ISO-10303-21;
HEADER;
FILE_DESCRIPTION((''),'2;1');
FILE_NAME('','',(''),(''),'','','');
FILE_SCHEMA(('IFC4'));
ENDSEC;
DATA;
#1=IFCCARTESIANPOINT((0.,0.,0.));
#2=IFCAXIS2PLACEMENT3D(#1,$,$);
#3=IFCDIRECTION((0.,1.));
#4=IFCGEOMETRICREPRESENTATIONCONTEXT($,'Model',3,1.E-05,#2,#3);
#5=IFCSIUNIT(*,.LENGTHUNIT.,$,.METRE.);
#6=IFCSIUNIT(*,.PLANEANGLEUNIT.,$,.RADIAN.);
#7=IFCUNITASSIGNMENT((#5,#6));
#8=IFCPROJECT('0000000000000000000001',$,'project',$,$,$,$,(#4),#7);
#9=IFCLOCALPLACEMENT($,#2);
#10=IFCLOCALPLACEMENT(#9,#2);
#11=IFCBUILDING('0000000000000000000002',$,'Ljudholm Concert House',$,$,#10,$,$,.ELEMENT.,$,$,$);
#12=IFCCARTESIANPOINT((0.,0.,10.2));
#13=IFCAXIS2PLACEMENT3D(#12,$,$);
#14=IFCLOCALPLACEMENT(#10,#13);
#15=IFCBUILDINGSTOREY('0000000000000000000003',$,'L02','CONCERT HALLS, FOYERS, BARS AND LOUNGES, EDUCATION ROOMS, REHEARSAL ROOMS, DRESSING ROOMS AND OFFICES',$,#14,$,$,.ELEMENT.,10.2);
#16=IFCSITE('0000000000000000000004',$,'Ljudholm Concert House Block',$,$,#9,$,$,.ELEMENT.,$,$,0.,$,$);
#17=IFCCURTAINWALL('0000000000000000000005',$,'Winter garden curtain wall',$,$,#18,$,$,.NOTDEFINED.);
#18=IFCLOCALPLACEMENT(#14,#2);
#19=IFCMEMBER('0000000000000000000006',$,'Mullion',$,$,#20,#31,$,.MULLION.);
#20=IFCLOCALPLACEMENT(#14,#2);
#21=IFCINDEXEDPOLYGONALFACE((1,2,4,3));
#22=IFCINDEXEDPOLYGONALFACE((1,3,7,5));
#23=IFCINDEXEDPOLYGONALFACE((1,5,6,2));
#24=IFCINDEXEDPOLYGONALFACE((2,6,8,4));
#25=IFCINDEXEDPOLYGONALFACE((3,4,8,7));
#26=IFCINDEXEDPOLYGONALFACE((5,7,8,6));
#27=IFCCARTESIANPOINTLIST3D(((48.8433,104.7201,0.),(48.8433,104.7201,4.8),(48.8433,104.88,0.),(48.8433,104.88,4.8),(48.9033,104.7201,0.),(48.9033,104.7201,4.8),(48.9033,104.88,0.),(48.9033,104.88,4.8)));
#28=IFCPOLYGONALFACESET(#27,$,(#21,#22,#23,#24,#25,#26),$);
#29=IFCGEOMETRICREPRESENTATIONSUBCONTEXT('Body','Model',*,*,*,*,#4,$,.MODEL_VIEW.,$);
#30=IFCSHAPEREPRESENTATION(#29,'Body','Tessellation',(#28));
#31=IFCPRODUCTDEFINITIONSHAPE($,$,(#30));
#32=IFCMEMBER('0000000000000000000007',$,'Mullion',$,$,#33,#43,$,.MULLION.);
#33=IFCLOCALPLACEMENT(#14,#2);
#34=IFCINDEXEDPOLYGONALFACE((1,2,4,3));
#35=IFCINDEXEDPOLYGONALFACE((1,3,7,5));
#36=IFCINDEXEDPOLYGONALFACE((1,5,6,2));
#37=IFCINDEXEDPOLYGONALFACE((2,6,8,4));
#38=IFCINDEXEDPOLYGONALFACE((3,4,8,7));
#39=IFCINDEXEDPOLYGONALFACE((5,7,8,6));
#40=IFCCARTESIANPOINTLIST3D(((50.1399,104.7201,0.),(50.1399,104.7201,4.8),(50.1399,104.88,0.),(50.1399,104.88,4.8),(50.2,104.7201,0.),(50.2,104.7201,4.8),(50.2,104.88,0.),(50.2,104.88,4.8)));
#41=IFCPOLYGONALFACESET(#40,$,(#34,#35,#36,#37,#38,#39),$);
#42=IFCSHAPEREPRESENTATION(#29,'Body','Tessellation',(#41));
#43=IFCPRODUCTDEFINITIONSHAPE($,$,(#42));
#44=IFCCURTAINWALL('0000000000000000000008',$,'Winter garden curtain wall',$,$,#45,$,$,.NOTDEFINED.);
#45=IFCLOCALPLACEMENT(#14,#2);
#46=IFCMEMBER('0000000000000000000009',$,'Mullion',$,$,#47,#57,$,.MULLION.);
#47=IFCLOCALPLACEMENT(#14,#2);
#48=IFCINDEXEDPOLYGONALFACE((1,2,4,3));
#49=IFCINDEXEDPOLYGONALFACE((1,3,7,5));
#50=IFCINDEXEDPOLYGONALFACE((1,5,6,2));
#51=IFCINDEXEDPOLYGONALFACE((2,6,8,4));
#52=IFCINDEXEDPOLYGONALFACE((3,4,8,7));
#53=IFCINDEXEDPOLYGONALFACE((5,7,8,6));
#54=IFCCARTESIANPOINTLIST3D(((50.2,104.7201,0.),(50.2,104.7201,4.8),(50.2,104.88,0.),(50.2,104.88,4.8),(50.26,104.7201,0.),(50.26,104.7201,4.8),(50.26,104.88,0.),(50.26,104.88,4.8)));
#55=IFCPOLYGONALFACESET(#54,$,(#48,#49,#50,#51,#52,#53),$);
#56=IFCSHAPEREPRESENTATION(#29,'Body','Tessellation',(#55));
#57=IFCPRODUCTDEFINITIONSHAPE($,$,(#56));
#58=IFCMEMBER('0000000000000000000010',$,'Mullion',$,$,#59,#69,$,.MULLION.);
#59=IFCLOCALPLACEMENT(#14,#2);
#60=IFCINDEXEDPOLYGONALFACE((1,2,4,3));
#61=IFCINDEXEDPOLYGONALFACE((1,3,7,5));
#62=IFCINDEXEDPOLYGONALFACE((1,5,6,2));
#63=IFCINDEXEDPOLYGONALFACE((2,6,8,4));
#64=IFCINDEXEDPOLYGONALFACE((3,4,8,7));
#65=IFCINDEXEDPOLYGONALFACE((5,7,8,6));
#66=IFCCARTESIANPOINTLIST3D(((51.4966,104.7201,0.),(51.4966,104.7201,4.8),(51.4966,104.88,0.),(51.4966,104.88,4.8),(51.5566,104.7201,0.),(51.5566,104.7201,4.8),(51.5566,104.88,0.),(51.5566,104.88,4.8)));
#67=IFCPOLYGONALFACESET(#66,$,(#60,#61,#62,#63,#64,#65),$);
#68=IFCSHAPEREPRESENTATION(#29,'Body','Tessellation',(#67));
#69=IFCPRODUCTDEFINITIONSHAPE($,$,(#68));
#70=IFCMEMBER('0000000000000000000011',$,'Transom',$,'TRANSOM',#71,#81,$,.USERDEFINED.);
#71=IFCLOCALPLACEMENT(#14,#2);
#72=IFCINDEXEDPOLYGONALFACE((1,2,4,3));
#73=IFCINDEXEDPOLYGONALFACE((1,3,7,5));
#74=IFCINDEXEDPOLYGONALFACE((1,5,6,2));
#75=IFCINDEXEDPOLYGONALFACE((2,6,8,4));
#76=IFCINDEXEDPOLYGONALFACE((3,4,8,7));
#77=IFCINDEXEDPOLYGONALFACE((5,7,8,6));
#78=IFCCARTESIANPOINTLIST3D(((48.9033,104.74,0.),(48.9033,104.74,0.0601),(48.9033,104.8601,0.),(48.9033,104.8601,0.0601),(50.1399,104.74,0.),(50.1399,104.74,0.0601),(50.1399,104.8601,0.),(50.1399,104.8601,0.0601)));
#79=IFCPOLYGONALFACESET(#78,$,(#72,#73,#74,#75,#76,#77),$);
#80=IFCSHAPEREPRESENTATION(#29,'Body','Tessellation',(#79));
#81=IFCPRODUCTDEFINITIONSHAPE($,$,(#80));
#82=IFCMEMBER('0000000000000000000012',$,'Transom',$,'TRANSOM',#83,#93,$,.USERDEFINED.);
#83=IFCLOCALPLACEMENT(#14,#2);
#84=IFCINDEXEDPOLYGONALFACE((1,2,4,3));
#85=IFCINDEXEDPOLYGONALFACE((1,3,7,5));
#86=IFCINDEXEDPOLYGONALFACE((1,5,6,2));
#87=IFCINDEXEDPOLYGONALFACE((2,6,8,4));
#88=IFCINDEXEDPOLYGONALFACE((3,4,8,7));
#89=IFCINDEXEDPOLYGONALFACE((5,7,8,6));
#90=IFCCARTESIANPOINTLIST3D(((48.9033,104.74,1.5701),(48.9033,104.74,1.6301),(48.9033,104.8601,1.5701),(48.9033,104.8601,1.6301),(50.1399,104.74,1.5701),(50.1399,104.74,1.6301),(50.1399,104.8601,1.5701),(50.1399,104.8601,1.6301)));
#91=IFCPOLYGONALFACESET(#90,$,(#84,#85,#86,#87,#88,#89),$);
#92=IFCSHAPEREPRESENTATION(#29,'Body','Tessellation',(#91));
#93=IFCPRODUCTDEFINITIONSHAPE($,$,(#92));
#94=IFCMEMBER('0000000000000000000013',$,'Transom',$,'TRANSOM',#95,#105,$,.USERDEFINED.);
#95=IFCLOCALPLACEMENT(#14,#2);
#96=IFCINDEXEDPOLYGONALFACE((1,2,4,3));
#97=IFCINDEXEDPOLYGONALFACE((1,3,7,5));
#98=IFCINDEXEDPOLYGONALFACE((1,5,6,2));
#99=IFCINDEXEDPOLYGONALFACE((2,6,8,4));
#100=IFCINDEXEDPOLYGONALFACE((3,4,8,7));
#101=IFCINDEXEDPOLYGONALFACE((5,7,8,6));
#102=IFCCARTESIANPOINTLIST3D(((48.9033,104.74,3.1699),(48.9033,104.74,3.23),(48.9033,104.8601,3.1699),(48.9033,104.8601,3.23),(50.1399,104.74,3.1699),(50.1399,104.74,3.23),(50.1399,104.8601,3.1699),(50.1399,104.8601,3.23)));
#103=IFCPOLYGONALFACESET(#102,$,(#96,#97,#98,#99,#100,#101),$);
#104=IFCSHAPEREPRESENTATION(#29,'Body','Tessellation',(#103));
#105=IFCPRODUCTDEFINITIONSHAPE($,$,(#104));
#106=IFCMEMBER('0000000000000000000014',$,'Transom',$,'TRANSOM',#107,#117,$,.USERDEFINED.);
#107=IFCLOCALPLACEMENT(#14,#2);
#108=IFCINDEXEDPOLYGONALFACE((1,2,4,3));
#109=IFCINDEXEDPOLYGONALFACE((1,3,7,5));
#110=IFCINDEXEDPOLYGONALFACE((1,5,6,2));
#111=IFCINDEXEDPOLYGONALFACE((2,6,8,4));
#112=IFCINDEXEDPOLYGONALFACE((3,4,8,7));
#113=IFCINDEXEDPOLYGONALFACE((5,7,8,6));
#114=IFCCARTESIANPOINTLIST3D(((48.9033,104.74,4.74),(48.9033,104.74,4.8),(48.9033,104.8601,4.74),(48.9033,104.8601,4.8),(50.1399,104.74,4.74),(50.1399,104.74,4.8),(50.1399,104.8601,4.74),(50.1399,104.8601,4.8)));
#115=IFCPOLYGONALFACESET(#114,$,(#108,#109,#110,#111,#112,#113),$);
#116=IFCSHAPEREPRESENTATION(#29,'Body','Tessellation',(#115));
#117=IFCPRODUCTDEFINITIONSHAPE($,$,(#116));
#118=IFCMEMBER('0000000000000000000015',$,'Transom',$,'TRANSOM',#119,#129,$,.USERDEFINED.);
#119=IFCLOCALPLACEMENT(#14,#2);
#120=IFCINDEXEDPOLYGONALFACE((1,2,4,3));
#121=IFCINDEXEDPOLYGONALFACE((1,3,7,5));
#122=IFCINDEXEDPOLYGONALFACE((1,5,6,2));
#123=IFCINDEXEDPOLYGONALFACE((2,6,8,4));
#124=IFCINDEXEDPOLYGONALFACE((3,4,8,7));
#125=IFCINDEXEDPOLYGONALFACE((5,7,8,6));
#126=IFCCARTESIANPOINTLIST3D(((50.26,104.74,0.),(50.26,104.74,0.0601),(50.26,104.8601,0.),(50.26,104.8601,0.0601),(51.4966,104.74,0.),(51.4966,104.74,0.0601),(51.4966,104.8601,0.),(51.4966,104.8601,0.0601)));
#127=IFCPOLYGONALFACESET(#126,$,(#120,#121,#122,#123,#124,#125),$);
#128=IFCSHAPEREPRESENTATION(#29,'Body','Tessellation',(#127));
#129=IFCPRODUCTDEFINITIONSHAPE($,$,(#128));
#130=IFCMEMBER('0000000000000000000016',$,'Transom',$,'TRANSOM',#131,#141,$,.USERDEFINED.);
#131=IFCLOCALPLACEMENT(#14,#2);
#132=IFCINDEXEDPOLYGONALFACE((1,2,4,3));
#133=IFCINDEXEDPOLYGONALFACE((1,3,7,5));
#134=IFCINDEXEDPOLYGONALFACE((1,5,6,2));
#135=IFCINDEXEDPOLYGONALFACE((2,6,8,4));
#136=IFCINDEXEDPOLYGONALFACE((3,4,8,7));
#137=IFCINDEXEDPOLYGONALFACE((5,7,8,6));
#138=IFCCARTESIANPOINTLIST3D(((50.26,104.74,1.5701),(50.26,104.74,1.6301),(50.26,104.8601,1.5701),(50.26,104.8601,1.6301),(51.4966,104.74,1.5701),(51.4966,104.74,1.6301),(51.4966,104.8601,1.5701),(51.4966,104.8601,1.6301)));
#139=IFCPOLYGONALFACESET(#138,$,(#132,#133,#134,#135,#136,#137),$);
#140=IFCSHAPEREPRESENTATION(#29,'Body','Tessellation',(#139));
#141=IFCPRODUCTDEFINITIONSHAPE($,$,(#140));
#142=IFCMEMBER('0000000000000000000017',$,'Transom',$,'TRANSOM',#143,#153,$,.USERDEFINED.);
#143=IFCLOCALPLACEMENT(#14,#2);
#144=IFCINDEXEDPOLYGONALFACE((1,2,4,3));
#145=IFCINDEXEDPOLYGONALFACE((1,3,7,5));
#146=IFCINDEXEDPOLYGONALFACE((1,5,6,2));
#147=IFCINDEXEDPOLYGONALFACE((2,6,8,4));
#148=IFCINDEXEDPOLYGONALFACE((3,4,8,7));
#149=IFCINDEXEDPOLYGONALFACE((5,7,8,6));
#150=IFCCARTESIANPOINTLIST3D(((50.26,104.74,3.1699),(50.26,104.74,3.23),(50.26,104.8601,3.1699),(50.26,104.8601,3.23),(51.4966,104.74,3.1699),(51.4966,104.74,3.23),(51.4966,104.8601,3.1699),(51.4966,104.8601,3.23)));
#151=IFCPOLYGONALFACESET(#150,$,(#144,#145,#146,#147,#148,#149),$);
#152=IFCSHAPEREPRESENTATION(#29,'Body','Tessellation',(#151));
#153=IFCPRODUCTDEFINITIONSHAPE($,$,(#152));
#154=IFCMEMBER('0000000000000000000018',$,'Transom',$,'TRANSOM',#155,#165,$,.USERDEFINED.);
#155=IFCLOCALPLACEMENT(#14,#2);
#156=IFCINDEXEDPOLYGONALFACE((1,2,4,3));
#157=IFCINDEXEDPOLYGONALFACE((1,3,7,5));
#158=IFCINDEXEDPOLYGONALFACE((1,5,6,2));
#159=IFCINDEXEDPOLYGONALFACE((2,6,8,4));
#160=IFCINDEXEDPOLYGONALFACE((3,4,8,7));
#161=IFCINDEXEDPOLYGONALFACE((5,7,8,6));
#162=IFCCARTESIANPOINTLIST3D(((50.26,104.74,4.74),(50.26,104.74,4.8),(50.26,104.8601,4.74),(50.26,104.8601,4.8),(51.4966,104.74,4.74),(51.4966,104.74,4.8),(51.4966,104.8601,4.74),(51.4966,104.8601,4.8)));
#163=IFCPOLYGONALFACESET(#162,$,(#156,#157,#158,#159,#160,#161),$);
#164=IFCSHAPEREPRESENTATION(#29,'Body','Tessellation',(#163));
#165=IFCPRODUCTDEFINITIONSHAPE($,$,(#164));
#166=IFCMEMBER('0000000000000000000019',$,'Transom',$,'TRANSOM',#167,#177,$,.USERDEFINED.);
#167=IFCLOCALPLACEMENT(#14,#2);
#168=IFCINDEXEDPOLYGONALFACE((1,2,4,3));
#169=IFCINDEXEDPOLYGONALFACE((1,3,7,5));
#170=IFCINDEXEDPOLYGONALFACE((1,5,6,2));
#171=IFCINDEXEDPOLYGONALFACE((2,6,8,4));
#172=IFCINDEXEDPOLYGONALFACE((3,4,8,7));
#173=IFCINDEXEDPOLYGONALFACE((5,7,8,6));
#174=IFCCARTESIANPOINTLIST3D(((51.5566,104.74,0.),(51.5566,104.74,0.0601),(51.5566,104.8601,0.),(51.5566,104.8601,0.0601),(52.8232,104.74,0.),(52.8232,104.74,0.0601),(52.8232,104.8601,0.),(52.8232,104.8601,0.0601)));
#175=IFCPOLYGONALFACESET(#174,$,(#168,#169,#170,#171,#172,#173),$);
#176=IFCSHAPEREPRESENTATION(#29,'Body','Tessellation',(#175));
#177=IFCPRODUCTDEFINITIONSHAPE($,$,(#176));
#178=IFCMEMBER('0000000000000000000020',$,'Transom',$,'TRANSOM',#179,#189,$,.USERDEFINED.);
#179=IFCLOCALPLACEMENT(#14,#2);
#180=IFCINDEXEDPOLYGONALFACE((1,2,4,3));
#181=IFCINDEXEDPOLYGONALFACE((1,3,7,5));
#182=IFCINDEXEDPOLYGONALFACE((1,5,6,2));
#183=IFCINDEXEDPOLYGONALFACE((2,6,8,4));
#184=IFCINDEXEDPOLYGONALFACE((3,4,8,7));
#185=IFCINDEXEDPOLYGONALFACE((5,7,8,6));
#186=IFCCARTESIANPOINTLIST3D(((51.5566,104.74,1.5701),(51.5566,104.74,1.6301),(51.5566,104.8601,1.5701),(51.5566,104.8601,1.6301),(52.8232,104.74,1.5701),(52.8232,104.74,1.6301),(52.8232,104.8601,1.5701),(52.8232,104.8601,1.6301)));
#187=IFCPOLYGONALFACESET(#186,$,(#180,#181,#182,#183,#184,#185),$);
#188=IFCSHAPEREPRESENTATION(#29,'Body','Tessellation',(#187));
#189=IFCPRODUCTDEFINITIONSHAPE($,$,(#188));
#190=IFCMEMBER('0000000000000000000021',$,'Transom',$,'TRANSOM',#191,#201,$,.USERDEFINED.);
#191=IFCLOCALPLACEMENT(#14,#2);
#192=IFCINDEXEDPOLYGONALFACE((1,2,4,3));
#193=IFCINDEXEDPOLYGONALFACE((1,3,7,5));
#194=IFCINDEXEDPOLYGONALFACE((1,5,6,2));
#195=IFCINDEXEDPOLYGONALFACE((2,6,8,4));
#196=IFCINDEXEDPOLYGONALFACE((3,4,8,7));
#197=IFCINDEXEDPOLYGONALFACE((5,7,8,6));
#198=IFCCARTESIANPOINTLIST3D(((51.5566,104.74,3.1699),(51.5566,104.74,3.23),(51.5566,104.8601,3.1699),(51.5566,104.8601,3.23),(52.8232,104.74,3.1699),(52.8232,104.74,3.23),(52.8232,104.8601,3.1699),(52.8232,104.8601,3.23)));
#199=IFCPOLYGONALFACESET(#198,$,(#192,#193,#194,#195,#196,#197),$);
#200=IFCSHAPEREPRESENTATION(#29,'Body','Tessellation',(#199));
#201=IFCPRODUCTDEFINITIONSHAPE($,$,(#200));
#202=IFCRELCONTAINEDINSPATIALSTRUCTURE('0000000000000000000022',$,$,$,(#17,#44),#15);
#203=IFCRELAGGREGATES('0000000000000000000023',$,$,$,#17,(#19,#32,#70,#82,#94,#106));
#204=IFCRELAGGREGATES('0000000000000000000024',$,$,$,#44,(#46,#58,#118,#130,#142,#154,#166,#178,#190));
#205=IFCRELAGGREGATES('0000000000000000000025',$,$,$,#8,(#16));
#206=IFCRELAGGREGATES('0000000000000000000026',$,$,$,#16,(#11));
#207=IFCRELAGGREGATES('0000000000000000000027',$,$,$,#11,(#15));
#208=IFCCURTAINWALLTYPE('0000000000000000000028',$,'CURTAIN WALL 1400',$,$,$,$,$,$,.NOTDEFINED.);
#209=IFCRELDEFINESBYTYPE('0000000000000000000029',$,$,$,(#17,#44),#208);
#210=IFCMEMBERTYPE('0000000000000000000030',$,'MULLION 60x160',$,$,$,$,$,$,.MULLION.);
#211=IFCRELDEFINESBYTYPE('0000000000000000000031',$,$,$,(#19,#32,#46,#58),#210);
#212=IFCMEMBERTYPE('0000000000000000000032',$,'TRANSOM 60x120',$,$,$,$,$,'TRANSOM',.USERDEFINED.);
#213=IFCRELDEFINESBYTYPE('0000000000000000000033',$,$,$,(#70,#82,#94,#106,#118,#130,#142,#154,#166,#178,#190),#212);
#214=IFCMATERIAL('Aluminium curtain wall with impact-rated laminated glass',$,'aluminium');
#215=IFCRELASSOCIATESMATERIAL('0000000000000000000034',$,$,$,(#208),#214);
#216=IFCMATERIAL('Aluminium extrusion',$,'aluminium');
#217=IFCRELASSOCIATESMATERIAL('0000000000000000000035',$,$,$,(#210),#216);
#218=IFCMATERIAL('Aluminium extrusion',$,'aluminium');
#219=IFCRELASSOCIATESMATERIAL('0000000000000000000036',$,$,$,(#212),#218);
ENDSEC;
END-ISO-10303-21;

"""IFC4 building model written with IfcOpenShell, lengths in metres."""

from ifc_helpers import new_model, si_unit, direction, frame, origin, origin_2d, place, context, subcontext, project, spatial, rectangle, extrude, material, material_profile, profile_set, type_object, element, aggregate, save


model = new_model("IFC4")

# Units and contexts
model_context = context("Model", 3, precision=1e-05, world=origin(), true_north=direction((0.0, 1.0)))
body_context = subcontext(model_context, "Body", "Model", "MODEL_VIEW")
ifc_project = project(units=[si_unit("LENGTHUNIT", "METRE"), si_unit("PLANEANGLEUNIT", "RADIAN")], contexts=[model_context])

# Site, building, storey
site_placement = place(None, origin())
site = spatial("IfcSite", under=ifc_project, at=site_placement, Name="Ljudholm Concert House Block", CompositionType="ELEMENT", RefElevation=0.0)
building_placement = place(site_placement, origin())
building = spatial("IfcBuilding", under=site, at=building_placement, Name="Ljudholm Concert House", CompositionType="ELEMENT")
storey_placement = place(building_placement, frame((0.0, 0.0, 10.2)))
storey = spatial("IfcBuildingStorey", under=building, at=storey_placement, Name="L02", Description="CONCERT HALLS, FOYERS, BARS AND LOUNGES, EDUCATION ROOMS, REHEARSAL ROOMS, DRESSING ROOMS AND OFFICES", CompositionType="ELEMENT", Elevation=10.2)

# Curtain walls, members
ifc_material_1 = material(Name="Aluminium curtain wall with impact-rated laminated glass", Category="aluminium")
curtain_wall_type = type_object("IfcCurtainWallType", Name="CURTAIN WALL 1400", PredefinedType="NOTDEFINED", material=ifc_material_1)
curtain_wall_1_placement = place(storey_placement, origin())
curtain_wall_1 = element("IfcCurtainWall", 1, at=curtain_wall_1_placement, inside=storey, type_object=curtain_wall_type, Name="Winter garden curtain wall", PredefinedType="NOTDEFINED")
ifc_material_2 = material(Name="Aluminium extrusion", Category="aluminium")
ifc_material_profile_1 = material_profile(ifc_material_2, rectangle(XDim=0.1599, YDim=0.0601, at=origin_2d()), Name="MULLION 60x160")
ifc_profile_set_1 = profile_set([ifc_material_profile_1], Name="Aluminium extrusion")
member_type_1 = type_object("IfcMemberType", Name="MULLION 60x160", PredefinedType="MULLION", material=ifc_profile_set_1)
member_1_placement = place(storey_placement, frame((48.8733, 104.8, 0.0), z_axis=(0.0, 0.0, 1.0), x_axis=(0.0, 1.0, 0.0)))
member_1 = element("IfcMember", 2, at=member_1_placement, type_object=member_type_1, Name="Mullion", PredefinedType="MULLION", context=body_context, shape_type="SweptSolid", body=[
    extrude(rectangle(XDim=0.1599, YDim=0.0601, at=origin_2d()), origin(), (0.0, 0.0, 1.0), 4.8),
])
member_2_placement = place(storey_placement, frame((50.1699, 104.8, 0.0), z_axis=(0.0, 0.0, 1.0), x_axis=(0.0, 1.0, 0.0)))
member_2 = element("IfcMember", 3, at=member_2_placement, type_object=member_type_1, Name="Mullion", PredefinedType="MULLION", context=body_context, shape_type="SweptSolid", body=[
    extrude(rectangle(XDim=0.1599, YDim=0.0601, at=origin_2d()), origin(), (0.0, 0.0, 1.0), 4.8),
])
curtain_wall_2_placement = place(storey_placement, origin())
curtain_wall_2 = element("IfcCurtainWall", 4, at=curtain_wall_2_placement, inside=storey, type_object=curtain_wall_type, Name="Winter garden curtain wall", PredefinedType="NOTDEFINED")
member_3_placement = place(storey_placement, frame((50.23, 104.8, 0.0), z_axis=(0.0, 0.0, 1.0), x_axis=(0.0, 1.0, 0.0)))
member_3 = element("IfcMember", 5, at=member_3_placement, type_object=member_type_1, Name="Mullion", PredefinedType="MULLION", context=body_context, shape_type="SweptSolid", body=[
    extrude(rectangle(XDim=0.1599, YDim=0.0601, at=origin_2d()), origin(), (0.0, 0.0, 1.0), 4.8),
])
member_4_placement = place(storey_placement, frame((51.5266, 104.8, 0.0), z_axis=(0.0, 0.0, 1.0), x_axis=(0.0, 1.0, 0.0)))
member_4 = element("IfcMember", 6, at=member_4_placement, type_object=member_type_1, Name="Mullion", PredefinedType="MULLION", context=body_context, shape_type="SweptSolid", body=[
    extrude(rectangle(XDim=0.1599, YDim=0.0601, at=origin_2d()), origin(), (0.0, 0.0, 1.0), 4.8),
])

# Members
ifc_material_3 = material(Name="Aluminium extrusion", Category="aluminium")
ifc_material_profile_2 = material_profile(ifc_material_3, rectangle(XDim=0.1201, YDim=0.0601, at=origin_2d()), Name="TRANSOM 60x120")
ifc_profile_set_2 = profile_set([ifc_material_profile_2], Name="Aluminium extrusion")
member_type_2 = type_object("IfcMemberType", Name="TRANSOM 60x120", ElementType="TRANSOM", PredefinedType="USERDEFINED", material=ifc_profile_set_2)
member_5_placement = place(storey_placement, frame((48.9033, 104.8, 0.03), z_axis=(1.0, 0.0, 0.0), x_axis=(0.0, 1.0, 0.0)))
member_5 = element("IfcMember", 7, at=member_5_placement, type_object=member_type_2, Name="Transom", ObjectType="TRANSOM", PredefinedType="USERDEFINED", context=body_context, shape_type="SweptSolid", body=[
    extrude(rectangle(XDim=0.1201, YDim=0.0601, at=origin_2d()), origin(), (0.0, 0.0, 1.0), 1.2366),
])
member_6_placement = place(storey_placement, frame((48.9033, 104.8, 1.6001), z_axis=(1.0, 0.0, 0.0), x_axis=(0.0, 1.0, 0.0)))
member_6 = element("IfcMember", 8, at=member_6_placement, type_object=member_type_2, Name="Transom", ObjectType="TRANSOM", PredefinedType="USERDEFINED", context=body_context, shape_type="SweptSolid", body=[
    extrude(rectangle(XDim=0.1201, YDim=0.0601, at=origin_2d()), origin(), (0.0, 0.0, 1.0), 1.2366),
])
member_7_placement = place(storey_placement, frame((48.9033, 104.8, 3.2), z_axis=(1.0, 0.0, 0.0), x_axis=(0.0, 1.0, 0.0)))
member_7 = element("IfcMember", 9, at=member_7_placement, type_object=member_type_2, Name="Transom", ObjectType="TRANSOM", PredefinedType="USERDEFINED", context=body_context, shape_type="SweptSolid", body=[
    extrude(rectangle(XDim=0.1201, YDim=0.0601, at=origin_2d()), origin(), (0.0, 0.0, 1.0), 1.2366),
])
member_8_placement = place(storey_placement, frame((48.9033, 104.8, 4.77), z_axis=(1.0, 0.0, 0.0), x_axis=(0.0, 1.0, 0.0)))
member_8 = element("IfcMember", 10, at=member_8_placement, type_object=member_type_2, Name="Transom", ObjectType="TRANSOM", PredefinedType="USERDEFINED", context=body_context, shape_type="SweptSolid", body=[
    extrude(rectangle(XDim=0.1201, YDim=0.0601, at=origin_2d()), origin(), (0.0, 0.0, 1.0), 1.2366),
])
member_9_placement = place(storey_placement, frame((50.26, 104.8, 0.03), z_axis=(1.0, 0.0, 0.0), x_axis=(0.0, 1.0, 0.0)))
member_9 = element("IfcMember", 11, at=member_9_placement, type_object=member_type_2, Name="Transom", ObjectType="TRANSOM", PredefinedType="USERDEFINED", context=body_context, shape_type="SweptSolid", body=[
    extrude(rectangle(XDim=0.1201, YDim=0.0601, at=origin_2d()), origin(), (0.0, 0.0, 1.0), 1.2366),
])
member_10_placement = place(storey_placement, frame((50.26, 104.8, 1.6001), z_axis=(1.0, 0.0, 0.0), x_axis=(0.0, 1.0, 0.0)))
member_10 = element("IfcMember", 12, at=member_10_placement, type_object=member_type_2, Name="Transom", ObjectType="TRANSOM", PredefinedType="USERDEFINED", context=body_context, shape_type="SweptSolid", body=[
    extrude(rectangle(XDim=0.1201, YDim=0.0601, at=origin_2d()), origin(), (0.0, 0.0, 1.0), 1.2366),
])
member_11_placement = place(storey_placement, frame((50.26, 104.8, 3.2), z_axis=(1.0, 0.0, 0.0), x_axis=(0.0, 1.0, 0.0)))
member_11 = element("IfcMember", 13, at=member_11_placement, type_object=member_type_2, Name="Transom", ObjectType="TRANSOM", PredefinedType="USERDEFINED", context=body_context, shape_type="SweptSolid", body=[
    extrude(rectangle(XDim=0.1201, YDim=0.0601, at=origin_2d()), origin(), (0.0, 0.0, 1.0), 1.2366),
])
member_12_placement = place(storey_placement, frame((50.26, 104.8, 4.77), z_axis=(1.0, 0.0, 0.0), x_axis=(0.0, 1.0, 0.0)))
member_12 = element("IfcMember", 14, at=member_12_placement, type_object=member_type_2, Name="Transom", ObjectType="TRANSOM", PredefinedType="USERDEFINED", context=body_context, shape_type="SweptSolid", body=[
    extrude(rectangle(XDim=0.1201, YDim=0.0601, at=origin_2d()), origin(), (0.0, 0.0, 1.0), 1.2366),
])
member_13_placement = place(storey_placement, frame((51.5566, 104.8, 0.03), z_axis=(1.0, 0.0, 0.0), x_axis=(0.0, 1.0, 0.0)))
member_13 = element("IfcMember", 15, at=member_13_placement, type_object=member_type_2, Name="Transom", ObjectType="TRANSOM", PredefinedType="USERDEFINED", context=body_context, shape_type="SweptSolid", body=[
    extrude(rectangle(XDim=0.1201, YDim=0.0601, at=origin_2d()), origin(), (0.0, 0.0, 1.0), 1.2666),
])
member_14_placement = place(storey_placement, frame((51.5566, 104.8, 1.6001), z_axis=(1.0, 0.0, 0.0), x_axis=(0.0, 1.0, 0.0)))
member_14 = element("IfcMember", 16, at=member_14_placement, type_object=member_type_2, Name="Transom", ObjectType="TRANSOM", PredefinedType="USERDEFINED", context=body_context, shape_type="SweptSolid", body=[
    extrude(rectangle(XDim=0.1201, YDim=0.0601, at=origin_2d()), origin(), (0.0, 0.0, 1.0), 1.2666),
])
member_15_placement = place(storey_placement, frame((51.5566, 104.8, 3.2), z_axis=(1.0, 0.0, 0.0), x_axis=(0.0, 1.0, 0.0)))
member_15 = element("IfcMember", 17, at=member_15_placement, type_object=member_type_2, Name="Transom", ObjectType="TRANSOM", PredefinedType="USERDEFINED", context=body_context, shape_type="SweptSolid", body=[
    extrude(rectangle(XDim=0.1201, YDim=0.0601, at=origin_2d()), origin(), (0.0, 0.0, 1.0), 1.2666),
])

aggregate(curtain_wall_1, [member_1, member_2, member_5, member_6, member_7, member_8])
aggregate(curtain_wall_2, [member_3, member_4, member_9, member_10, member_11, member_12, member_13, member_14, member_15])

save(model, "model.ifc")
